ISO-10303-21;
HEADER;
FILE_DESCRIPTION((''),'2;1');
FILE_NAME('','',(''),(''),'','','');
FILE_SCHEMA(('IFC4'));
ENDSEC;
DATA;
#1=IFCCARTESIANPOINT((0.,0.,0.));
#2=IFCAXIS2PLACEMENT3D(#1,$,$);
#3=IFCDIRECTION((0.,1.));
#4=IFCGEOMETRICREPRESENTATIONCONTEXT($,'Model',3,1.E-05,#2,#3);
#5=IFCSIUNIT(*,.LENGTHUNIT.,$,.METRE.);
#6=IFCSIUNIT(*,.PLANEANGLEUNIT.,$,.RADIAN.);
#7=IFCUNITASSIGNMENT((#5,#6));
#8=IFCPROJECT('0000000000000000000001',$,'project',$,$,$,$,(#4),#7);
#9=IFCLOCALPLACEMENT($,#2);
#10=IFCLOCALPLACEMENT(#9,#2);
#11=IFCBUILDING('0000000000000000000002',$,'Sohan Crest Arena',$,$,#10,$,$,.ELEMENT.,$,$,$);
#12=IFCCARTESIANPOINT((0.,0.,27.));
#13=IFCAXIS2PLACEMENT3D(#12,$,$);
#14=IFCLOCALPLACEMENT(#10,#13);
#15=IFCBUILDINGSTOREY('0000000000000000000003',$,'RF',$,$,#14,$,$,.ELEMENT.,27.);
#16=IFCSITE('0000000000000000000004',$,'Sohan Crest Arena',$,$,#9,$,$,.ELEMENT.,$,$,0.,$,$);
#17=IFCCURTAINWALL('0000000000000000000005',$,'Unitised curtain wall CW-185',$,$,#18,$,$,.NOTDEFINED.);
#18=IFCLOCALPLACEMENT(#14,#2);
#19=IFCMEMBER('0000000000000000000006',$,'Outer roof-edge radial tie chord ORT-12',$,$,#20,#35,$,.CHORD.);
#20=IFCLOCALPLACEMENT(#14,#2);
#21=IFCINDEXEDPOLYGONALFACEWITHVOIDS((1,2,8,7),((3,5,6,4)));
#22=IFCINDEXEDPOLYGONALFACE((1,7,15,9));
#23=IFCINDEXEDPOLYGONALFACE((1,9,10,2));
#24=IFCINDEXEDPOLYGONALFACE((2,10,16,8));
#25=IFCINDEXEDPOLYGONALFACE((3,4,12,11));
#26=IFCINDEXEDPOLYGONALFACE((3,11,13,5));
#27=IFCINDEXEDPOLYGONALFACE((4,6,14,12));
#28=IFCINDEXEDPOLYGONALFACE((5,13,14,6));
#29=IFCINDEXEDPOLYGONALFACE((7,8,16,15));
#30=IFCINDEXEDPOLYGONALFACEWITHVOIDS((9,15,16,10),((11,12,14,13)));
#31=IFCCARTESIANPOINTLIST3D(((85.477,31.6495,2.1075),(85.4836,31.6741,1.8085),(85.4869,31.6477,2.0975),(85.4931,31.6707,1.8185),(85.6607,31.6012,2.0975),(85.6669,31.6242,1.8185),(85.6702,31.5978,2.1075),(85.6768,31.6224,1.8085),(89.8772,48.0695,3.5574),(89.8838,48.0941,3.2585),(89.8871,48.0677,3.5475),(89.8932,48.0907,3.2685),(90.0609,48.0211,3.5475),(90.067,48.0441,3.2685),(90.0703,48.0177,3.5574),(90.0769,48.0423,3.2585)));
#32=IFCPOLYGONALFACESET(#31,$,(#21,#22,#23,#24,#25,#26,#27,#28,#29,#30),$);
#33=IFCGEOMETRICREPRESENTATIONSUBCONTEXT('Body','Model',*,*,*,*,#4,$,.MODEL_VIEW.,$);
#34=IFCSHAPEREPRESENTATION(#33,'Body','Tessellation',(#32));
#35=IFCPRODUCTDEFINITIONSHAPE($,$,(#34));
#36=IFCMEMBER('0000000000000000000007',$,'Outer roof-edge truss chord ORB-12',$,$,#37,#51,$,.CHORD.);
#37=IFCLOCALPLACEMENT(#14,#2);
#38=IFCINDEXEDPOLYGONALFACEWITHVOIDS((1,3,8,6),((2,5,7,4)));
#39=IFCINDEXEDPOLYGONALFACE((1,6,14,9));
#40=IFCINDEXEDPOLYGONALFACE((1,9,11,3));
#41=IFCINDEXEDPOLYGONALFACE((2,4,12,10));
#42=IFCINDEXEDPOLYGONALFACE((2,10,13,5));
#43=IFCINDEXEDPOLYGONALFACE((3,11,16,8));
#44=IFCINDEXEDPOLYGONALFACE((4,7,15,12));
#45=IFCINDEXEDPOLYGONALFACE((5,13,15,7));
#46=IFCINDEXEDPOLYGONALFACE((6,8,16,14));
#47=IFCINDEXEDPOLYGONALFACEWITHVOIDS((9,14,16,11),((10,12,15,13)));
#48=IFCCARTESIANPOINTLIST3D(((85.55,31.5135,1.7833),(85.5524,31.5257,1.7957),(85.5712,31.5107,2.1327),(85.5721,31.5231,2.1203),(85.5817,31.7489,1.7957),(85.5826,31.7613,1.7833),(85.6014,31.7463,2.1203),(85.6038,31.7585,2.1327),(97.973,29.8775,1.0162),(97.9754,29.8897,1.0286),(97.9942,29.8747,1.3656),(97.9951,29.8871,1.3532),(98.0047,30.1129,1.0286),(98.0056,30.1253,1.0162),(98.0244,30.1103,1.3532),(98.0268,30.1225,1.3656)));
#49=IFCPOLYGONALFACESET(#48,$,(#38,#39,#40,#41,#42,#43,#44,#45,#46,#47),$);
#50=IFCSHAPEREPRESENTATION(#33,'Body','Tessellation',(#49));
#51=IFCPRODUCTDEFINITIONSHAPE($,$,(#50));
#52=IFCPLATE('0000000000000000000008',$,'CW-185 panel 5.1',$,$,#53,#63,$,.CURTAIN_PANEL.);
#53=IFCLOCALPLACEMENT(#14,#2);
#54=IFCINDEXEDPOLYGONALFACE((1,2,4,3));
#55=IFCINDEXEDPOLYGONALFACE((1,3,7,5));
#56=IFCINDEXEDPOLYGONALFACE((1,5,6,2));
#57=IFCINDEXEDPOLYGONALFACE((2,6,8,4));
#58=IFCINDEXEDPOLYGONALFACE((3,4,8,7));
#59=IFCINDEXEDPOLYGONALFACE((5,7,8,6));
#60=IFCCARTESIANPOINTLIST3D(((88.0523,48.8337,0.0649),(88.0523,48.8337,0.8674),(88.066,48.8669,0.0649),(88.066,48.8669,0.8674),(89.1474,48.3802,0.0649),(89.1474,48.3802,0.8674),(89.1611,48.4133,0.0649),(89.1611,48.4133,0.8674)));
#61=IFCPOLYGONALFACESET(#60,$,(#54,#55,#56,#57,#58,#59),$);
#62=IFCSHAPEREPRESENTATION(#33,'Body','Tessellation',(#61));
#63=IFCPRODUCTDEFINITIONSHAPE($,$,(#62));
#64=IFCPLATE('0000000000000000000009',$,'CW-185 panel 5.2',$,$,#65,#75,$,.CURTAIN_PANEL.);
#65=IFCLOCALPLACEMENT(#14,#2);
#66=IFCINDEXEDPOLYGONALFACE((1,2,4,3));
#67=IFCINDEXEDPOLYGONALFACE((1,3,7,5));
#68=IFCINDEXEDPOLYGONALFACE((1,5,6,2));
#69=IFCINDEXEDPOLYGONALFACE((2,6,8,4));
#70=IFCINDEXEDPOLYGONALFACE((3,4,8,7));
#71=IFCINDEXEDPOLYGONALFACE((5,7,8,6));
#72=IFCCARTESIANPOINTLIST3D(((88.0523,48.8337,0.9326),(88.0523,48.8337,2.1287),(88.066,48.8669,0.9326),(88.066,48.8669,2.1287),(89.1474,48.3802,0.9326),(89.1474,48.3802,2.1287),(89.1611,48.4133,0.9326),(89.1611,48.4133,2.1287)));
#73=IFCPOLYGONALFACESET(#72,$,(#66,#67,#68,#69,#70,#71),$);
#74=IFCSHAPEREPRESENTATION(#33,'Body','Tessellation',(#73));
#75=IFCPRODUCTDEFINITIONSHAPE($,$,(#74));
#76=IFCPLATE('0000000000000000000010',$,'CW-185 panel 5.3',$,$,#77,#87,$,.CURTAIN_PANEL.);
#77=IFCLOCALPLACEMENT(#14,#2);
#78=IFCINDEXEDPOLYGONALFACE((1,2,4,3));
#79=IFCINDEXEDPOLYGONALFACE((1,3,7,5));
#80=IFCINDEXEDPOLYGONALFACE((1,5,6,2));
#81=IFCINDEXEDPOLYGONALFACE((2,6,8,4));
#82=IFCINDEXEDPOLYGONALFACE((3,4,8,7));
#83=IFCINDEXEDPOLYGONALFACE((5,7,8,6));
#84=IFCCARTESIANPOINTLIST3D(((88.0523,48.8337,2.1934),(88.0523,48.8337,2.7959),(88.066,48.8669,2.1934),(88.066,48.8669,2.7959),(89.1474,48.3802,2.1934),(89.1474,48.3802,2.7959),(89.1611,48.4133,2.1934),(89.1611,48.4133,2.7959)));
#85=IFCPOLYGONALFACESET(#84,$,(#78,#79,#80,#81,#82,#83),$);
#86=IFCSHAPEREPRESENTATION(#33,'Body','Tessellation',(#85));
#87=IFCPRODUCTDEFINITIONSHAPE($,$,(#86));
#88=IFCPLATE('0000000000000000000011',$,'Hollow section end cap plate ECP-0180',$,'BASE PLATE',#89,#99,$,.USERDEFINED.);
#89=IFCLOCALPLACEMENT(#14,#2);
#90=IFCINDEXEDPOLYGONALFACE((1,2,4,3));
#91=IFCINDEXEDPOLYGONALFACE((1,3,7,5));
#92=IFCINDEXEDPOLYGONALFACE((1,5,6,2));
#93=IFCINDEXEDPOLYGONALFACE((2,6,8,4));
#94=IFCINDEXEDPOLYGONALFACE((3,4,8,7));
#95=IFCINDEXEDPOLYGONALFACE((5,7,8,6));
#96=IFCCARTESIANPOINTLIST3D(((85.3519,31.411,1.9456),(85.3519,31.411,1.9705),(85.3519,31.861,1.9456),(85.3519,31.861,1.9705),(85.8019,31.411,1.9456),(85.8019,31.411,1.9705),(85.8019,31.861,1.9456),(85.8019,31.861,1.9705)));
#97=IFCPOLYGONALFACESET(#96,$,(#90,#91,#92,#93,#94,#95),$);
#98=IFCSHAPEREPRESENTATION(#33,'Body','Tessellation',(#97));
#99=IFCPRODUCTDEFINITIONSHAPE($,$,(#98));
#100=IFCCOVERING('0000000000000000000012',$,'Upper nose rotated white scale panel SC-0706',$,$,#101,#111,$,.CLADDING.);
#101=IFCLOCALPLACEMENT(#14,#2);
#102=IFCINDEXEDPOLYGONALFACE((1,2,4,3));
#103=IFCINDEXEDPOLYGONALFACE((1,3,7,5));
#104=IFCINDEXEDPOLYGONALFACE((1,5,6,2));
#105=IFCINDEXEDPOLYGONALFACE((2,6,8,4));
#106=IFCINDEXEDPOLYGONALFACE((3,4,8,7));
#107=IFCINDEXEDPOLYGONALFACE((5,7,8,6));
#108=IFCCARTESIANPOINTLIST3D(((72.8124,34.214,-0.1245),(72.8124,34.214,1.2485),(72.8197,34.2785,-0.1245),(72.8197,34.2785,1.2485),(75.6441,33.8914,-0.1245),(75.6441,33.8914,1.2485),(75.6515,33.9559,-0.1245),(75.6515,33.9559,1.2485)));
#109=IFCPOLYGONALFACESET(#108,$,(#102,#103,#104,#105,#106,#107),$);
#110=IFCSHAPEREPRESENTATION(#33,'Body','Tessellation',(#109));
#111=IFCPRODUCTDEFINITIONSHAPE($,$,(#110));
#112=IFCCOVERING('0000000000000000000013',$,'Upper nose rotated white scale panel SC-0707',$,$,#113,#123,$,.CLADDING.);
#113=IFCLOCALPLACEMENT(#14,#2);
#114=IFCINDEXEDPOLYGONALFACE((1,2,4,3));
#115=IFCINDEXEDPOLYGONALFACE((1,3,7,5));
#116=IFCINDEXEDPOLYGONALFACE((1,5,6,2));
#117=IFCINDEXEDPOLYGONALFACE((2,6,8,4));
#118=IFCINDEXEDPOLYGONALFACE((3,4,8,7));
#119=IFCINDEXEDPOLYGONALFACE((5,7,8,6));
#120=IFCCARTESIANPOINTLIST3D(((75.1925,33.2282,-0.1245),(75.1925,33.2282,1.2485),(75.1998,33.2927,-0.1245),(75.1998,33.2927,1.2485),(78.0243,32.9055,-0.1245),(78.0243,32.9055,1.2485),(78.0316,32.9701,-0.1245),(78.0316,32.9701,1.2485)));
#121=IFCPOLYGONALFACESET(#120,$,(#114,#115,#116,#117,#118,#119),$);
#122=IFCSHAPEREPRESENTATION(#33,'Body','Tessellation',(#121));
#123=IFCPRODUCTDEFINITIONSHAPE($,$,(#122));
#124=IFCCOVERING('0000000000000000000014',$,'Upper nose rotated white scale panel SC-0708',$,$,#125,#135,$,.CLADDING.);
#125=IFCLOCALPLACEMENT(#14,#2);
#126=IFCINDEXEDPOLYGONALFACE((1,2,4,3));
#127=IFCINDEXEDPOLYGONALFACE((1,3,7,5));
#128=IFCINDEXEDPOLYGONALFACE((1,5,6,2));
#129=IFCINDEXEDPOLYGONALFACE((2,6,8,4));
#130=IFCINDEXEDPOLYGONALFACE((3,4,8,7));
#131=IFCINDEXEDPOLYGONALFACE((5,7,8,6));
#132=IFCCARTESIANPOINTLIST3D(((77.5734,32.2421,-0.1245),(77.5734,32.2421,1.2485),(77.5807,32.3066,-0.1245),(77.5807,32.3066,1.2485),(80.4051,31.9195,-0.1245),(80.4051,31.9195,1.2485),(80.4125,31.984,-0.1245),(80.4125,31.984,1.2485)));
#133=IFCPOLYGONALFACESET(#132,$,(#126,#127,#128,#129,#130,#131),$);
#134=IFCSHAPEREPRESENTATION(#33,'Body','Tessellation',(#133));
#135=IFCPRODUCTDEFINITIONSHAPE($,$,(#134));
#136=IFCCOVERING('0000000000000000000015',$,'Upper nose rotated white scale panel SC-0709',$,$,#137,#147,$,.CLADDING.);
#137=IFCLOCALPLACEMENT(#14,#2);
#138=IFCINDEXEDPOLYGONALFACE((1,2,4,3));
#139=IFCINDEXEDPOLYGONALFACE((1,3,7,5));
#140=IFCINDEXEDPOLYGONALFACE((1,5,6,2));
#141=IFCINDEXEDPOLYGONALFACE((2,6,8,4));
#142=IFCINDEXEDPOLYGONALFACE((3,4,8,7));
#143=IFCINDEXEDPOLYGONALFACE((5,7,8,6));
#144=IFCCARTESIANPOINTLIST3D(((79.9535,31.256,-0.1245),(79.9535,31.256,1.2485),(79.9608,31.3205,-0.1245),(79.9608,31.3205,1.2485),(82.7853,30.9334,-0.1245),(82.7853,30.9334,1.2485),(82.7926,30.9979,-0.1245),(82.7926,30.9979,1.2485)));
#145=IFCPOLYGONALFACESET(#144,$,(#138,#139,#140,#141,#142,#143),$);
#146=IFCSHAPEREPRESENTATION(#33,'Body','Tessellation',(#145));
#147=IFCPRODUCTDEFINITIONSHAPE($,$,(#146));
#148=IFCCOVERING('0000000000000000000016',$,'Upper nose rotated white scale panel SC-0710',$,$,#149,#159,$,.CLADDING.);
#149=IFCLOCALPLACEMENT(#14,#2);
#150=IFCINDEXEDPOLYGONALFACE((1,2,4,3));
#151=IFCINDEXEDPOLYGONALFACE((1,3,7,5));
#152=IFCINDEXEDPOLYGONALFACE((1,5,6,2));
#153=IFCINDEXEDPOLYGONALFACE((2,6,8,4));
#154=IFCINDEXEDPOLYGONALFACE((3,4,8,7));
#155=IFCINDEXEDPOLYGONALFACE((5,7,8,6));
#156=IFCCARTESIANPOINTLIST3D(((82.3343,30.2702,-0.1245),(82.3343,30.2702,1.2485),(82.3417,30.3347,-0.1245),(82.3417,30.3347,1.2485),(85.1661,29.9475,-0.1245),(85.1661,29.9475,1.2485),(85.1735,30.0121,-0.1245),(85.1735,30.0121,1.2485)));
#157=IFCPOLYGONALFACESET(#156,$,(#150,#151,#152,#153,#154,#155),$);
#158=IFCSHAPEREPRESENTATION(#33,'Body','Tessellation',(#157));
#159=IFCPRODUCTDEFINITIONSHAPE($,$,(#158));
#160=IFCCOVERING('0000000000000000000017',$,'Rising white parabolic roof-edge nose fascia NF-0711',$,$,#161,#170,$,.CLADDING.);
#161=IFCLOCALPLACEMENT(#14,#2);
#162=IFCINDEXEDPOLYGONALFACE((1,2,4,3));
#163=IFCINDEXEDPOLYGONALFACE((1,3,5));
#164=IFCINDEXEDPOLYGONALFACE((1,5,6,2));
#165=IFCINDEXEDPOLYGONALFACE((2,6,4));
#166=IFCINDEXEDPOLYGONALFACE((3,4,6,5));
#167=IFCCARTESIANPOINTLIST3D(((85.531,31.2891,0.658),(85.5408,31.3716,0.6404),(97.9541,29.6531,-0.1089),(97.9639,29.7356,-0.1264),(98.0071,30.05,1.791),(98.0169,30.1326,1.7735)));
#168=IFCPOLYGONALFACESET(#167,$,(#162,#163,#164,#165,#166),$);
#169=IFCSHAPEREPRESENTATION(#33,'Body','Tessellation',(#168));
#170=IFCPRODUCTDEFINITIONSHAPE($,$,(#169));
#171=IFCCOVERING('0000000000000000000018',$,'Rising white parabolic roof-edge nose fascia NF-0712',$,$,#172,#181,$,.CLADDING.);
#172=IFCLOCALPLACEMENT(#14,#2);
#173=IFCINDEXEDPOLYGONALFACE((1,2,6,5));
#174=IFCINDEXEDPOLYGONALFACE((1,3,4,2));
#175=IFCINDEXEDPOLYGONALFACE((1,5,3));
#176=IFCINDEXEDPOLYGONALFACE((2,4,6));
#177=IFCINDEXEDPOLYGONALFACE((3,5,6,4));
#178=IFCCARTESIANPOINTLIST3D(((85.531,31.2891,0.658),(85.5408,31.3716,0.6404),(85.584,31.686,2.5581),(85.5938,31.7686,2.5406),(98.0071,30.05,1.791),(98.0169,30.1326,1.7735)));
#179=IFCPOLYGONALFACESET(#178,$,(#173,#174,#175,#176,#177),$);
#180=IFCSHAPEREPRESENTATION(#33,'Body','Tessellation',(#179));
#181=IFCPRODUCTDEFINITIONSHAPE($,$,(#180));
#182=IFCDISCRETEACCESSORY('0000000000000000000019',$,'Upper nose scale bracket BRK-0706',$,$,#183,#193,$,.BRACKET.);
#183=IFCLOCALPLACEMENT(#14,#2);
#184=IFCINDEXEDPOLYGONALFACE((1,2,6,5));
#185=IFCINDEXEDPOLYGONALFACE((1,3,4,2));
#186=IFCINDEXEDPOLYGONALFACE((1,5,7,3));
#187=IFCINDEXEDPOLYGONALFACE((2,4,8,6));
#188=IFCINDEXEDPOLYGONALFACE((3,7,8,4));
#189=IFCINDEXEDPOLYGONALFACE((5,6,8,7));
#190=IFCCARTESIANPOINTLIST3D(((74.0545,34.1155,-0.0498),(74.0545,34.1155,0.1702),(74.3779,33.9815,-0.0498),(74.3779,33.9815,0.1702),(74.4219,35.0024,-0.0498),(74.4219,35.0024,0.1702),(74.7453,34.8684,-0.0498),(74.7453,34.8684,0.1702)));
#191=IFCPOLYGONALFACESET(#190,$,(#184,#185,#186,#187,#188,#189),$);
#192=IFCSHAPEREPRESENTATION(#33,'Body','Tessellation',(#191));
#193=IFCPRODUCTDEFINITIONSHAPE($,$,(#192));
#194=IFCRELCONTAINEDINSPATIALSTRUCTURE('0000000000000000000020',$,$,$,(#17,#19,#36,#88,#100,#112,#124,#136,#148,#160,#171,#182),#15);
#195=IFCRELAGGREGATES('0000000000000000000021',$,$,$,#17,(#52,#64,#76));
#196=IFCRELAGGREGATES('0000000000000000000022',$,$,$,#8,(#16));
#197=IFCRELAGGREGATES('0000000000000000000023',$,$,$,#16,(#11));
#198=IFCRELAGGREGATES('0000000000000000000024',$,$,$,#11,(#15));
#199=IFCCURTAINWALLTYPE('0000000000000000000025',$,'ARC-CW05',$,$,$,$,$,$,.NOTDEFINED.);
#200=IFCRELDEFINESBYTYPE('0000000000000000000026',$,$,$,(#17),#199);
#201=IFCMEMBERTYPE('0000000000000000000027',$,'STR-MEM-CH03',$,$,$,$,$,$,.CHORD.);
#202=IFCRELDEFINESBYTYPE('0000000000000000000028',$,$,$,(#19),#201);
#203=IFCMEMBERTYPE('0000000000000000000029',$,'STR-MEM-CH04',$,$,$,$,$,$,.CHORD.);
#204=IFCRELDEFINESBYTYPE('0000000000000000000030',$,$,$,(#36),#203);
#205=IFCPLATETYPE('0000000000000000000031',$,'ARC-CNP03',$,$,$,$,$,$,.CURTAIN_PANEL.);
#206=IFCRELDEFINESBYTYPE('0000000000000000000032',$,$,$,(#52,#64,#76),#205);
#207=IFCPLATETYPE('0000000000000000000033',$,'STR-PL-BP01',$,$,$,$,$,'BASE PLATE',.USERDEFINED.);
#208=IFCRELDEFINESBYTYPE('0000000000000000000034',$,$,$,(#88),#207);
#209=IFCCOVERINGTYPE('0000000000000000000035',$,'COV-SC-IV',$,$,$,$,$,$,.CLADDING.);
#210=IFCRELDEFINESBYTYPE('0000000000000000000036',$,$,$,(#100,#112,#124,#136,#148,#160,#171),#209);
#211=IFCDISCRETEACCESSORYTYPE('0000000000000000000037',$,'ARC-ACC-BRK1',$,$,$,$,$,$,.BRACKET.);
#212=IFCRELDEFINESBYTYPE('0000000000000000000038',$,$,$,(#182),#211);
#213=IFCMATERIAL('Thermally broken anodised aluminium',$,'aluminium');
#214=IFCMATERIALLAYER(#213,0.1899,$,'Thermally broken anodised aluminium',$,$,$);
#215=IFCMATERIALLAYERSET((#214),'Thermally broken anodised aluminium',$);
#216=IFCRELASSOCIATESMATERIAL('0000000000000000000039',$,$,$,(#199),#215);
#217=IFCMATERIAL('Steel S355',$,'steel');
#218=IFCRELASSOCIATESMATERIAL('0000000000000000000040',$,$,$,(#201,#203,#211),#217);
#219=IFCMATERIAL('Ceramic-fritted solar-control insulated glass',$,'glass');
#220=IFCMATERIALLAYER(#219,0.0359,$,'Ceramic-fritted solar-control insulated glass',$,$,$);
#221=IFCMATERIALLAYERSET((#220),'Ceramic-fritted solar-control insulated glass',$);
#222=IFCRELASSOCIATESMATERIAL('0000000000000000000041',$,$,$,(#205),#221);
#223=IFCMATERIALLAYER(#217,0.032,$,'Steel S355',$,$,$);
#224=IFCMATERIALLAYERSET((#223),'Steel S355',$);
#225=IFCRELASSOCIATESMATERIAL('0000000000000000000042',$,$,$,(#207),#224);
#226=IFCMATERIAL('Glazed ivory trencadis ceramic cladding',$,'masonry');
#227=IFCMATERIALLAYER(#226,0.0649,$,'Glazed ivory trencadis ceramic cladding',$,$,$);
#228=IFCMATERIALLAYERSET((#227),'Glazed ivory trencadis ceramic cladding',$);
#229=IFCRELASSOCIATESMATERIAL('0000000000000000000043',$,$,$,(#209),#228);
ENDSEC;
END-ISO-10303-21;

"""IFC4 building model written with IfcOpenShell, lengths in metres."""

from ifc_helpers import new_model, si_unit, direction, frame, origin, origin_2d, place, context, subcontext, project, spatial, polyline, rectangle, hollow_rectangle, outline, extrude, material, layer, layer_set, material_profile, profile_set, type_object, element, aggregate, save


model = new_model("IFC4")

# Units and contexts
model_context = context("Model", 3, precision=1e-05, world=origin(), true_north=direction((0.0, 1.0)))
body_context = subcontext(model_context, "Body", "Model", "MODEL_VIEW")
ifc_project = project(units=[si_unit("LENGTHUNIT", "METRE"), si_unit("PLANEANGLEUNIT", "RADIAN")], contexts=[model_context])

# Site, building, storey
site_placement = place(None, origin())
site = spatial("IfcSite", under=ifc_project, at=site_placement, Name="Sohan Crest Arena", CompositionType="ELEMENT", RefElevation=0.0)
building_placement = place(site_placement, origin())
building = spatial("IfcBuilding", under=site, at=building_placement, Name="Sohan Crest Arena", CompositionType="ELEMENT")
storey_placement = place(building_placement, frame((0.0, 0.0, 27.0)))
storey = spatial("IfcBuildingStorey", under=building, at=storey_placement, Name="RF", CompositionType="ELEMENT", Elevation=27.0)

# Shared definitions
ifc_material_1 = material(Name="Steel S355", Category="steel")

# Curtain wall
ifc_material_2 = material(Name="Thermally broken anodised aluminium", Category="aluminium")
ifc_layer_1 = layer(ifc_material_2, 0.1899, Name="Thermally broken anodised aluminium")
ifc_layer_set_1 = layer_set([ifc_layer_1], Name="Thermally broken anodised aluminium")
curtain_wall_type = type_object("IfcCurtainWallType", Name="ARC-CW05", PredefinedType="NOTDEFINED", material=ifc_layer_set_1)
curtain_wall_placement = place(storey_placement, origin())
curtain_wall = element("IfcCurtainWall", 1, at=curtain_wall_placement, inside=storey, type_object=curtain_wall_type, Name="Unitised curtain wall CW-185", PredefinedType="NOTDEFINED")

# Members
ifc_material_profile_1 = material_profile(ifc_material_1, hollow_rectangle(XDim=0.2, YDim=0.3, WallThickness=0.01, at=origin_2d()), Name="RHS 300x200x10")
ifc_profile_set_1 = profile_set([ifc_material_profile_1], Name="Steel S355")
member_type_1 = type_object("IfcMemberType", Name="STR-MEM-CH03", PredefinedType="CHORD", material=ifc_profile_set_1)
member_1_placement = place(storey_placement, frame((89.9771, 48.0559, 3.408), z_axis=(-0.257907, -0.962425, -0.084986), x_axis=(0.965919, -0.258843, 0.0)))
element("IfcMember", 2, at=member_1_placement, inside=storey, type_object=member_type_1, Name="Outer roof-edge radial tie chord ORT-12", PredefinedType="CHORD", context=body_context, shape_type="SweptSolid", body=[
    extrude(hollow_rectangle(XDim=0.2, YDim=0.3, WallThickness=0.01, at=origin_2d()), origin(), (0.0, 0.0, 1.0), 17.061),
])
ifc_material_profile_2 = material_profile(ifc_material_1, hollow_rectangle(XDim=0.25, YDim=0.3501, WallThickness=0.0125, at=origin_2d()), Name="RHS 350x250x12.5")
ifc_profile_set_2 = profile_set([ifc_material_profile_2], Name="Steel S355")
member_type_2 = type_object("IfcMemberType", Name="STR-MEM-CH04", PredefinedType="CHORD", material=ifc_profile_set_2)
member_2_placement = place(storey_placement, frame((85.5769, 31.636, 1.958), z_axis=(0.989588, -0.130318, -0.061104), x_axis=(0.130562, 0.99144, 0.0)))
element("IfcMember", 3, at=member_2_placement, inside=storey, type_object=member_type_2, Name="Outer roof-edge truss chord ORB-12", PredefinedType="CHORD", context=body_context, shape_type="SweptSolid", body=[
    extrude(hollow_rectangle(XDim=0.25, YDim=0.3501, WallThickness=0.0125, at=origin_2d()), origin(), (0.0, 0.0, 1.0), 12.5537),
])

# Plates
ifc_material_3 = material(Name="Ceramic-fritted solar-control insulated glass", Category="glass")
ifc_layer_2 = layer(ifc_material_3, 0.0359, Name="Ceramic-fritted solar-control insulated glass")
ifc_layer_set_2 = layer_set([ifc_layer_2], Name="Ceramic-fritted solar-control insulated glass")
plate_type_1 = type_object("IfcPlateType", Name="ARC-CNP03", PredefinedType="CURTAIN_PANEL", material=ifc_layer_set_2)
plate_1_placement = place(storey_placement, frame((88.6067, 48.6235, 0.0649), z_axis=(0.0, 0.0, 1.0), x_axis=(0.923886, -0.382667, 0.0)))
plate_1 = element("IfcPlate", 4, at=plate_1_placement, type_object=plate_type_1, Name="CW-185 panel 5.1", PredefinedType="CURTAIN_PANEL", context=body_context, shape_type="SweptSolid", body=[
    extrude(rectangle(XDim=1.1853, YDim=0.0359, at=origin_2d()), origin(), (0.0, 0.0, 1.0), 0.8025),
])
plate_2_placement = place(storey_placement, frame((88.6067, 48.6235, 0.9326), z_axis=(0.0, 0.0, 1.0), x_axis=(0.923886, -0.382667, 0.0)))
plate_2 = element("IfcPlate", 5, at=plate_2_placement, type_object=plate_type_1, Name="CW-185 panel 5.2", PredefinedType="CURTAIN_PANEL", context=body_context, shape_type="SweptSolid", body=[
    extrude(rectangle(XDim=1.1853, YDim=0.0359, at=origin_2d()), origin(), (0.0, 0.0, 1.0), 1.196),
])
plate_3_placement = place(storey_placement, frame((88.6067, 48.6235, 2.1934), z_axis=(0.0, 0.0, 1.0), x_axis=(0.923886, -0.382667, 0.0)))
plate_3 = element("IfcPlate", 6, at=plate_3_placement, type_object=plate_type_1, Name="CW-185 panel 5.3", PredefinedType="CURTAIN_PANEL", context=body_context, shape_type="SweptSolid", body=[
    extrude(rectangle(XDim=1.1853, YDim=0.0359, at=origin_2d()), origin(), (0.0, 0.0, 1.0), 0.6025),
])
aggregate(curtain_wall, [plate_1, plate_2, plate_3])
ifc_layer_3 = layer(ifc_material_1, 0.032, Name="Steel S355")
ifc_layer_set_3 = layer_set([ifc_layer_3], Name="Steel S355")
plate_type_2 = type_object("IfcPlateType", Name="STR-PL-BP01", ElementType="BASE PLATE", PredefinedType="USERDEFINED", material=ifc_layer_set_3)
plate_4_placement = place(storey_placement, frame((85.5769, 31.636, 1.9456), z_axis=(0.0, 0.0, 1.0), x_axis=(1.0, 0.0, 0.0)))
element("IfcPlate", 7, at=plate_4_placement, inside=storey, type_object=plate_type_2, Name="Hollow section end cap plate ECP-0180", ObjectType="BASE PLATE", PredefinedType="USERDEFINED", context=body_context, shape_type="SweptSolid", body=[
    extrude(rectangle(XDim=0.45, YDim=0.45, at=origin_2d()), origin(), (0.0, 0.0, 1.0), 0.0249),
])

# Coverings
ifc_material_4 = material(Name="Glazed ivory trencadis ceramic cladding", Category="masonry")
ifc_layer_4 = layer(ifc_material_4, 0.0649, Name="Glazed ivory trencadis ceramic cladding")
ifc_layer_set_4 = layer_set([ifc_layer_4], Name="Glazed ivory trencadis ceramic cladding")
covering_type = type_object("IfcCoveringType", Name="COV-SC-IV", PredefinedType="CLADDING", material=ifc_layer_set_4)
for number, where, z_axis, x_axis, name in (
    (8, (74.2319, 34.085, -0.1245), (0.0, 0.0, 1.0), (0.993572, -0.113203, 0.0), "Upper nose rotated white scale panel SC-0706"),
    (9, (76.6121, 33.0991, -0.1245), (0.0, 0.0, 1.0), (0.993572, -0.113203, 0.0), "Upper nose rotated white scale panel SC-0707"),
    (10, (78.9929, 32.113, -0.1245), (0.0, 0.0, 1.0), (0.993572, -0.113203, 0.0), "Upper nose rotated white scale panel SC-0708"),
    (11, (81.373, 31.127, -0.1245), (0.0, 0.0, 1.0), (0.993572, -0.113203, 0.0), "Upper nose rotated white scale panel SC-0709"),
    (12, (83.7539, 30.1411, -0.1245), (0.0, 0.0, 1.0), (0.993572, -0.113203, 0.0), "Upper nose rotated white scale panel SC-0710"),
):
    element("IfcCovering", number, at=place(storey_placement, frame(where, z_axis=z_axis, x_axis=x_axis)), inside=storey, type_object=covering_type, Name=name, PredefinedType="CLADDING", context=body_context, shape_type="SweptSolid", body=[
        extrude(rectangle(XDim=2.8501, YDim=0.0649, at=origin_2d()), origin(), (0.0, 0.0, 1.0), 1.373),
    ])
covering_1_placement = place(storey_placement, frame((85.531, 31.2891, 0.658), z_axis=(-0.11523, -0.971692, 0.206242), x_axis=(0.989589, -0.130318, -0.061085)))
element("IfcCovering", 13, at=covering_1_placement, inside=storey, type_object=covering_type, Name="Rising white parabolic roof-edge nose fascia NF-0711", PredefinedType="CLADDING", context=body_context, shape_type="SweptSolid", body=[
    extrude(outline(polyline([(0.0, 0.0), (12.5538, 0.0), (12.4384, 1.9382), (0.0, 0.0)])), origin(), (0.0, 0.0, -1.0), 0.085),
])
covering_2_placement = place(storey_placement, frame((85.531, 31.2891, 0.658), z_axis=(-0.115229, -0.971698, 0.206217), x_axis=(0.991066, -0.098424, 0.090007)))
element("IfcCovering", 14, at=covering_2_placement, inside=storey, type_object=covering_type, Name="Rising white parabolic roof-edge nose fascia NF-0712", PredefinedType="CLADDING", context=body_context, shape_type="SweptSolid", body=[
    extrude(outline(polyline([(0.0, 0.0), (12.5885, 0.0), (0.1845, 1.9331), (0.0, 0.0)])), origin(), (0.0, 0.0, -1.0), 0.085),
])

# Discrete accessory
discrete_accessory_type = type_object("IfcDiscreteAccessoryType", Name="ARC-ACC-BRK1", PredefinedType="BRACKET", material=ifc_material_1)
for number, where, z_axis, x_axis, name in (
    (15, (74.3999, 34.4919, -0.0498), (0.0, 0.0, 1.0), (0.92388, -0.382683, 0.0), "Upper nose scale bracket BRK-0706"),
):
    element("IfcDiscreteAccessory", number, at=place(storey_placement, frame(where, z_axis=z_axis, x_axis=x_axis)), inside=storey, type_object=discrete_accessory_type, Name=name, PredefinedType="BRACKET", context=body_context, shape_type="SweptSolid", body=[
        extrude(rectangle(XDim=0.3501, YDim=0.96, at=origin_2d()), origin(), (0.0, 0.0, 1.0), 0.22),
    ])

save(model, "model.ifc")
